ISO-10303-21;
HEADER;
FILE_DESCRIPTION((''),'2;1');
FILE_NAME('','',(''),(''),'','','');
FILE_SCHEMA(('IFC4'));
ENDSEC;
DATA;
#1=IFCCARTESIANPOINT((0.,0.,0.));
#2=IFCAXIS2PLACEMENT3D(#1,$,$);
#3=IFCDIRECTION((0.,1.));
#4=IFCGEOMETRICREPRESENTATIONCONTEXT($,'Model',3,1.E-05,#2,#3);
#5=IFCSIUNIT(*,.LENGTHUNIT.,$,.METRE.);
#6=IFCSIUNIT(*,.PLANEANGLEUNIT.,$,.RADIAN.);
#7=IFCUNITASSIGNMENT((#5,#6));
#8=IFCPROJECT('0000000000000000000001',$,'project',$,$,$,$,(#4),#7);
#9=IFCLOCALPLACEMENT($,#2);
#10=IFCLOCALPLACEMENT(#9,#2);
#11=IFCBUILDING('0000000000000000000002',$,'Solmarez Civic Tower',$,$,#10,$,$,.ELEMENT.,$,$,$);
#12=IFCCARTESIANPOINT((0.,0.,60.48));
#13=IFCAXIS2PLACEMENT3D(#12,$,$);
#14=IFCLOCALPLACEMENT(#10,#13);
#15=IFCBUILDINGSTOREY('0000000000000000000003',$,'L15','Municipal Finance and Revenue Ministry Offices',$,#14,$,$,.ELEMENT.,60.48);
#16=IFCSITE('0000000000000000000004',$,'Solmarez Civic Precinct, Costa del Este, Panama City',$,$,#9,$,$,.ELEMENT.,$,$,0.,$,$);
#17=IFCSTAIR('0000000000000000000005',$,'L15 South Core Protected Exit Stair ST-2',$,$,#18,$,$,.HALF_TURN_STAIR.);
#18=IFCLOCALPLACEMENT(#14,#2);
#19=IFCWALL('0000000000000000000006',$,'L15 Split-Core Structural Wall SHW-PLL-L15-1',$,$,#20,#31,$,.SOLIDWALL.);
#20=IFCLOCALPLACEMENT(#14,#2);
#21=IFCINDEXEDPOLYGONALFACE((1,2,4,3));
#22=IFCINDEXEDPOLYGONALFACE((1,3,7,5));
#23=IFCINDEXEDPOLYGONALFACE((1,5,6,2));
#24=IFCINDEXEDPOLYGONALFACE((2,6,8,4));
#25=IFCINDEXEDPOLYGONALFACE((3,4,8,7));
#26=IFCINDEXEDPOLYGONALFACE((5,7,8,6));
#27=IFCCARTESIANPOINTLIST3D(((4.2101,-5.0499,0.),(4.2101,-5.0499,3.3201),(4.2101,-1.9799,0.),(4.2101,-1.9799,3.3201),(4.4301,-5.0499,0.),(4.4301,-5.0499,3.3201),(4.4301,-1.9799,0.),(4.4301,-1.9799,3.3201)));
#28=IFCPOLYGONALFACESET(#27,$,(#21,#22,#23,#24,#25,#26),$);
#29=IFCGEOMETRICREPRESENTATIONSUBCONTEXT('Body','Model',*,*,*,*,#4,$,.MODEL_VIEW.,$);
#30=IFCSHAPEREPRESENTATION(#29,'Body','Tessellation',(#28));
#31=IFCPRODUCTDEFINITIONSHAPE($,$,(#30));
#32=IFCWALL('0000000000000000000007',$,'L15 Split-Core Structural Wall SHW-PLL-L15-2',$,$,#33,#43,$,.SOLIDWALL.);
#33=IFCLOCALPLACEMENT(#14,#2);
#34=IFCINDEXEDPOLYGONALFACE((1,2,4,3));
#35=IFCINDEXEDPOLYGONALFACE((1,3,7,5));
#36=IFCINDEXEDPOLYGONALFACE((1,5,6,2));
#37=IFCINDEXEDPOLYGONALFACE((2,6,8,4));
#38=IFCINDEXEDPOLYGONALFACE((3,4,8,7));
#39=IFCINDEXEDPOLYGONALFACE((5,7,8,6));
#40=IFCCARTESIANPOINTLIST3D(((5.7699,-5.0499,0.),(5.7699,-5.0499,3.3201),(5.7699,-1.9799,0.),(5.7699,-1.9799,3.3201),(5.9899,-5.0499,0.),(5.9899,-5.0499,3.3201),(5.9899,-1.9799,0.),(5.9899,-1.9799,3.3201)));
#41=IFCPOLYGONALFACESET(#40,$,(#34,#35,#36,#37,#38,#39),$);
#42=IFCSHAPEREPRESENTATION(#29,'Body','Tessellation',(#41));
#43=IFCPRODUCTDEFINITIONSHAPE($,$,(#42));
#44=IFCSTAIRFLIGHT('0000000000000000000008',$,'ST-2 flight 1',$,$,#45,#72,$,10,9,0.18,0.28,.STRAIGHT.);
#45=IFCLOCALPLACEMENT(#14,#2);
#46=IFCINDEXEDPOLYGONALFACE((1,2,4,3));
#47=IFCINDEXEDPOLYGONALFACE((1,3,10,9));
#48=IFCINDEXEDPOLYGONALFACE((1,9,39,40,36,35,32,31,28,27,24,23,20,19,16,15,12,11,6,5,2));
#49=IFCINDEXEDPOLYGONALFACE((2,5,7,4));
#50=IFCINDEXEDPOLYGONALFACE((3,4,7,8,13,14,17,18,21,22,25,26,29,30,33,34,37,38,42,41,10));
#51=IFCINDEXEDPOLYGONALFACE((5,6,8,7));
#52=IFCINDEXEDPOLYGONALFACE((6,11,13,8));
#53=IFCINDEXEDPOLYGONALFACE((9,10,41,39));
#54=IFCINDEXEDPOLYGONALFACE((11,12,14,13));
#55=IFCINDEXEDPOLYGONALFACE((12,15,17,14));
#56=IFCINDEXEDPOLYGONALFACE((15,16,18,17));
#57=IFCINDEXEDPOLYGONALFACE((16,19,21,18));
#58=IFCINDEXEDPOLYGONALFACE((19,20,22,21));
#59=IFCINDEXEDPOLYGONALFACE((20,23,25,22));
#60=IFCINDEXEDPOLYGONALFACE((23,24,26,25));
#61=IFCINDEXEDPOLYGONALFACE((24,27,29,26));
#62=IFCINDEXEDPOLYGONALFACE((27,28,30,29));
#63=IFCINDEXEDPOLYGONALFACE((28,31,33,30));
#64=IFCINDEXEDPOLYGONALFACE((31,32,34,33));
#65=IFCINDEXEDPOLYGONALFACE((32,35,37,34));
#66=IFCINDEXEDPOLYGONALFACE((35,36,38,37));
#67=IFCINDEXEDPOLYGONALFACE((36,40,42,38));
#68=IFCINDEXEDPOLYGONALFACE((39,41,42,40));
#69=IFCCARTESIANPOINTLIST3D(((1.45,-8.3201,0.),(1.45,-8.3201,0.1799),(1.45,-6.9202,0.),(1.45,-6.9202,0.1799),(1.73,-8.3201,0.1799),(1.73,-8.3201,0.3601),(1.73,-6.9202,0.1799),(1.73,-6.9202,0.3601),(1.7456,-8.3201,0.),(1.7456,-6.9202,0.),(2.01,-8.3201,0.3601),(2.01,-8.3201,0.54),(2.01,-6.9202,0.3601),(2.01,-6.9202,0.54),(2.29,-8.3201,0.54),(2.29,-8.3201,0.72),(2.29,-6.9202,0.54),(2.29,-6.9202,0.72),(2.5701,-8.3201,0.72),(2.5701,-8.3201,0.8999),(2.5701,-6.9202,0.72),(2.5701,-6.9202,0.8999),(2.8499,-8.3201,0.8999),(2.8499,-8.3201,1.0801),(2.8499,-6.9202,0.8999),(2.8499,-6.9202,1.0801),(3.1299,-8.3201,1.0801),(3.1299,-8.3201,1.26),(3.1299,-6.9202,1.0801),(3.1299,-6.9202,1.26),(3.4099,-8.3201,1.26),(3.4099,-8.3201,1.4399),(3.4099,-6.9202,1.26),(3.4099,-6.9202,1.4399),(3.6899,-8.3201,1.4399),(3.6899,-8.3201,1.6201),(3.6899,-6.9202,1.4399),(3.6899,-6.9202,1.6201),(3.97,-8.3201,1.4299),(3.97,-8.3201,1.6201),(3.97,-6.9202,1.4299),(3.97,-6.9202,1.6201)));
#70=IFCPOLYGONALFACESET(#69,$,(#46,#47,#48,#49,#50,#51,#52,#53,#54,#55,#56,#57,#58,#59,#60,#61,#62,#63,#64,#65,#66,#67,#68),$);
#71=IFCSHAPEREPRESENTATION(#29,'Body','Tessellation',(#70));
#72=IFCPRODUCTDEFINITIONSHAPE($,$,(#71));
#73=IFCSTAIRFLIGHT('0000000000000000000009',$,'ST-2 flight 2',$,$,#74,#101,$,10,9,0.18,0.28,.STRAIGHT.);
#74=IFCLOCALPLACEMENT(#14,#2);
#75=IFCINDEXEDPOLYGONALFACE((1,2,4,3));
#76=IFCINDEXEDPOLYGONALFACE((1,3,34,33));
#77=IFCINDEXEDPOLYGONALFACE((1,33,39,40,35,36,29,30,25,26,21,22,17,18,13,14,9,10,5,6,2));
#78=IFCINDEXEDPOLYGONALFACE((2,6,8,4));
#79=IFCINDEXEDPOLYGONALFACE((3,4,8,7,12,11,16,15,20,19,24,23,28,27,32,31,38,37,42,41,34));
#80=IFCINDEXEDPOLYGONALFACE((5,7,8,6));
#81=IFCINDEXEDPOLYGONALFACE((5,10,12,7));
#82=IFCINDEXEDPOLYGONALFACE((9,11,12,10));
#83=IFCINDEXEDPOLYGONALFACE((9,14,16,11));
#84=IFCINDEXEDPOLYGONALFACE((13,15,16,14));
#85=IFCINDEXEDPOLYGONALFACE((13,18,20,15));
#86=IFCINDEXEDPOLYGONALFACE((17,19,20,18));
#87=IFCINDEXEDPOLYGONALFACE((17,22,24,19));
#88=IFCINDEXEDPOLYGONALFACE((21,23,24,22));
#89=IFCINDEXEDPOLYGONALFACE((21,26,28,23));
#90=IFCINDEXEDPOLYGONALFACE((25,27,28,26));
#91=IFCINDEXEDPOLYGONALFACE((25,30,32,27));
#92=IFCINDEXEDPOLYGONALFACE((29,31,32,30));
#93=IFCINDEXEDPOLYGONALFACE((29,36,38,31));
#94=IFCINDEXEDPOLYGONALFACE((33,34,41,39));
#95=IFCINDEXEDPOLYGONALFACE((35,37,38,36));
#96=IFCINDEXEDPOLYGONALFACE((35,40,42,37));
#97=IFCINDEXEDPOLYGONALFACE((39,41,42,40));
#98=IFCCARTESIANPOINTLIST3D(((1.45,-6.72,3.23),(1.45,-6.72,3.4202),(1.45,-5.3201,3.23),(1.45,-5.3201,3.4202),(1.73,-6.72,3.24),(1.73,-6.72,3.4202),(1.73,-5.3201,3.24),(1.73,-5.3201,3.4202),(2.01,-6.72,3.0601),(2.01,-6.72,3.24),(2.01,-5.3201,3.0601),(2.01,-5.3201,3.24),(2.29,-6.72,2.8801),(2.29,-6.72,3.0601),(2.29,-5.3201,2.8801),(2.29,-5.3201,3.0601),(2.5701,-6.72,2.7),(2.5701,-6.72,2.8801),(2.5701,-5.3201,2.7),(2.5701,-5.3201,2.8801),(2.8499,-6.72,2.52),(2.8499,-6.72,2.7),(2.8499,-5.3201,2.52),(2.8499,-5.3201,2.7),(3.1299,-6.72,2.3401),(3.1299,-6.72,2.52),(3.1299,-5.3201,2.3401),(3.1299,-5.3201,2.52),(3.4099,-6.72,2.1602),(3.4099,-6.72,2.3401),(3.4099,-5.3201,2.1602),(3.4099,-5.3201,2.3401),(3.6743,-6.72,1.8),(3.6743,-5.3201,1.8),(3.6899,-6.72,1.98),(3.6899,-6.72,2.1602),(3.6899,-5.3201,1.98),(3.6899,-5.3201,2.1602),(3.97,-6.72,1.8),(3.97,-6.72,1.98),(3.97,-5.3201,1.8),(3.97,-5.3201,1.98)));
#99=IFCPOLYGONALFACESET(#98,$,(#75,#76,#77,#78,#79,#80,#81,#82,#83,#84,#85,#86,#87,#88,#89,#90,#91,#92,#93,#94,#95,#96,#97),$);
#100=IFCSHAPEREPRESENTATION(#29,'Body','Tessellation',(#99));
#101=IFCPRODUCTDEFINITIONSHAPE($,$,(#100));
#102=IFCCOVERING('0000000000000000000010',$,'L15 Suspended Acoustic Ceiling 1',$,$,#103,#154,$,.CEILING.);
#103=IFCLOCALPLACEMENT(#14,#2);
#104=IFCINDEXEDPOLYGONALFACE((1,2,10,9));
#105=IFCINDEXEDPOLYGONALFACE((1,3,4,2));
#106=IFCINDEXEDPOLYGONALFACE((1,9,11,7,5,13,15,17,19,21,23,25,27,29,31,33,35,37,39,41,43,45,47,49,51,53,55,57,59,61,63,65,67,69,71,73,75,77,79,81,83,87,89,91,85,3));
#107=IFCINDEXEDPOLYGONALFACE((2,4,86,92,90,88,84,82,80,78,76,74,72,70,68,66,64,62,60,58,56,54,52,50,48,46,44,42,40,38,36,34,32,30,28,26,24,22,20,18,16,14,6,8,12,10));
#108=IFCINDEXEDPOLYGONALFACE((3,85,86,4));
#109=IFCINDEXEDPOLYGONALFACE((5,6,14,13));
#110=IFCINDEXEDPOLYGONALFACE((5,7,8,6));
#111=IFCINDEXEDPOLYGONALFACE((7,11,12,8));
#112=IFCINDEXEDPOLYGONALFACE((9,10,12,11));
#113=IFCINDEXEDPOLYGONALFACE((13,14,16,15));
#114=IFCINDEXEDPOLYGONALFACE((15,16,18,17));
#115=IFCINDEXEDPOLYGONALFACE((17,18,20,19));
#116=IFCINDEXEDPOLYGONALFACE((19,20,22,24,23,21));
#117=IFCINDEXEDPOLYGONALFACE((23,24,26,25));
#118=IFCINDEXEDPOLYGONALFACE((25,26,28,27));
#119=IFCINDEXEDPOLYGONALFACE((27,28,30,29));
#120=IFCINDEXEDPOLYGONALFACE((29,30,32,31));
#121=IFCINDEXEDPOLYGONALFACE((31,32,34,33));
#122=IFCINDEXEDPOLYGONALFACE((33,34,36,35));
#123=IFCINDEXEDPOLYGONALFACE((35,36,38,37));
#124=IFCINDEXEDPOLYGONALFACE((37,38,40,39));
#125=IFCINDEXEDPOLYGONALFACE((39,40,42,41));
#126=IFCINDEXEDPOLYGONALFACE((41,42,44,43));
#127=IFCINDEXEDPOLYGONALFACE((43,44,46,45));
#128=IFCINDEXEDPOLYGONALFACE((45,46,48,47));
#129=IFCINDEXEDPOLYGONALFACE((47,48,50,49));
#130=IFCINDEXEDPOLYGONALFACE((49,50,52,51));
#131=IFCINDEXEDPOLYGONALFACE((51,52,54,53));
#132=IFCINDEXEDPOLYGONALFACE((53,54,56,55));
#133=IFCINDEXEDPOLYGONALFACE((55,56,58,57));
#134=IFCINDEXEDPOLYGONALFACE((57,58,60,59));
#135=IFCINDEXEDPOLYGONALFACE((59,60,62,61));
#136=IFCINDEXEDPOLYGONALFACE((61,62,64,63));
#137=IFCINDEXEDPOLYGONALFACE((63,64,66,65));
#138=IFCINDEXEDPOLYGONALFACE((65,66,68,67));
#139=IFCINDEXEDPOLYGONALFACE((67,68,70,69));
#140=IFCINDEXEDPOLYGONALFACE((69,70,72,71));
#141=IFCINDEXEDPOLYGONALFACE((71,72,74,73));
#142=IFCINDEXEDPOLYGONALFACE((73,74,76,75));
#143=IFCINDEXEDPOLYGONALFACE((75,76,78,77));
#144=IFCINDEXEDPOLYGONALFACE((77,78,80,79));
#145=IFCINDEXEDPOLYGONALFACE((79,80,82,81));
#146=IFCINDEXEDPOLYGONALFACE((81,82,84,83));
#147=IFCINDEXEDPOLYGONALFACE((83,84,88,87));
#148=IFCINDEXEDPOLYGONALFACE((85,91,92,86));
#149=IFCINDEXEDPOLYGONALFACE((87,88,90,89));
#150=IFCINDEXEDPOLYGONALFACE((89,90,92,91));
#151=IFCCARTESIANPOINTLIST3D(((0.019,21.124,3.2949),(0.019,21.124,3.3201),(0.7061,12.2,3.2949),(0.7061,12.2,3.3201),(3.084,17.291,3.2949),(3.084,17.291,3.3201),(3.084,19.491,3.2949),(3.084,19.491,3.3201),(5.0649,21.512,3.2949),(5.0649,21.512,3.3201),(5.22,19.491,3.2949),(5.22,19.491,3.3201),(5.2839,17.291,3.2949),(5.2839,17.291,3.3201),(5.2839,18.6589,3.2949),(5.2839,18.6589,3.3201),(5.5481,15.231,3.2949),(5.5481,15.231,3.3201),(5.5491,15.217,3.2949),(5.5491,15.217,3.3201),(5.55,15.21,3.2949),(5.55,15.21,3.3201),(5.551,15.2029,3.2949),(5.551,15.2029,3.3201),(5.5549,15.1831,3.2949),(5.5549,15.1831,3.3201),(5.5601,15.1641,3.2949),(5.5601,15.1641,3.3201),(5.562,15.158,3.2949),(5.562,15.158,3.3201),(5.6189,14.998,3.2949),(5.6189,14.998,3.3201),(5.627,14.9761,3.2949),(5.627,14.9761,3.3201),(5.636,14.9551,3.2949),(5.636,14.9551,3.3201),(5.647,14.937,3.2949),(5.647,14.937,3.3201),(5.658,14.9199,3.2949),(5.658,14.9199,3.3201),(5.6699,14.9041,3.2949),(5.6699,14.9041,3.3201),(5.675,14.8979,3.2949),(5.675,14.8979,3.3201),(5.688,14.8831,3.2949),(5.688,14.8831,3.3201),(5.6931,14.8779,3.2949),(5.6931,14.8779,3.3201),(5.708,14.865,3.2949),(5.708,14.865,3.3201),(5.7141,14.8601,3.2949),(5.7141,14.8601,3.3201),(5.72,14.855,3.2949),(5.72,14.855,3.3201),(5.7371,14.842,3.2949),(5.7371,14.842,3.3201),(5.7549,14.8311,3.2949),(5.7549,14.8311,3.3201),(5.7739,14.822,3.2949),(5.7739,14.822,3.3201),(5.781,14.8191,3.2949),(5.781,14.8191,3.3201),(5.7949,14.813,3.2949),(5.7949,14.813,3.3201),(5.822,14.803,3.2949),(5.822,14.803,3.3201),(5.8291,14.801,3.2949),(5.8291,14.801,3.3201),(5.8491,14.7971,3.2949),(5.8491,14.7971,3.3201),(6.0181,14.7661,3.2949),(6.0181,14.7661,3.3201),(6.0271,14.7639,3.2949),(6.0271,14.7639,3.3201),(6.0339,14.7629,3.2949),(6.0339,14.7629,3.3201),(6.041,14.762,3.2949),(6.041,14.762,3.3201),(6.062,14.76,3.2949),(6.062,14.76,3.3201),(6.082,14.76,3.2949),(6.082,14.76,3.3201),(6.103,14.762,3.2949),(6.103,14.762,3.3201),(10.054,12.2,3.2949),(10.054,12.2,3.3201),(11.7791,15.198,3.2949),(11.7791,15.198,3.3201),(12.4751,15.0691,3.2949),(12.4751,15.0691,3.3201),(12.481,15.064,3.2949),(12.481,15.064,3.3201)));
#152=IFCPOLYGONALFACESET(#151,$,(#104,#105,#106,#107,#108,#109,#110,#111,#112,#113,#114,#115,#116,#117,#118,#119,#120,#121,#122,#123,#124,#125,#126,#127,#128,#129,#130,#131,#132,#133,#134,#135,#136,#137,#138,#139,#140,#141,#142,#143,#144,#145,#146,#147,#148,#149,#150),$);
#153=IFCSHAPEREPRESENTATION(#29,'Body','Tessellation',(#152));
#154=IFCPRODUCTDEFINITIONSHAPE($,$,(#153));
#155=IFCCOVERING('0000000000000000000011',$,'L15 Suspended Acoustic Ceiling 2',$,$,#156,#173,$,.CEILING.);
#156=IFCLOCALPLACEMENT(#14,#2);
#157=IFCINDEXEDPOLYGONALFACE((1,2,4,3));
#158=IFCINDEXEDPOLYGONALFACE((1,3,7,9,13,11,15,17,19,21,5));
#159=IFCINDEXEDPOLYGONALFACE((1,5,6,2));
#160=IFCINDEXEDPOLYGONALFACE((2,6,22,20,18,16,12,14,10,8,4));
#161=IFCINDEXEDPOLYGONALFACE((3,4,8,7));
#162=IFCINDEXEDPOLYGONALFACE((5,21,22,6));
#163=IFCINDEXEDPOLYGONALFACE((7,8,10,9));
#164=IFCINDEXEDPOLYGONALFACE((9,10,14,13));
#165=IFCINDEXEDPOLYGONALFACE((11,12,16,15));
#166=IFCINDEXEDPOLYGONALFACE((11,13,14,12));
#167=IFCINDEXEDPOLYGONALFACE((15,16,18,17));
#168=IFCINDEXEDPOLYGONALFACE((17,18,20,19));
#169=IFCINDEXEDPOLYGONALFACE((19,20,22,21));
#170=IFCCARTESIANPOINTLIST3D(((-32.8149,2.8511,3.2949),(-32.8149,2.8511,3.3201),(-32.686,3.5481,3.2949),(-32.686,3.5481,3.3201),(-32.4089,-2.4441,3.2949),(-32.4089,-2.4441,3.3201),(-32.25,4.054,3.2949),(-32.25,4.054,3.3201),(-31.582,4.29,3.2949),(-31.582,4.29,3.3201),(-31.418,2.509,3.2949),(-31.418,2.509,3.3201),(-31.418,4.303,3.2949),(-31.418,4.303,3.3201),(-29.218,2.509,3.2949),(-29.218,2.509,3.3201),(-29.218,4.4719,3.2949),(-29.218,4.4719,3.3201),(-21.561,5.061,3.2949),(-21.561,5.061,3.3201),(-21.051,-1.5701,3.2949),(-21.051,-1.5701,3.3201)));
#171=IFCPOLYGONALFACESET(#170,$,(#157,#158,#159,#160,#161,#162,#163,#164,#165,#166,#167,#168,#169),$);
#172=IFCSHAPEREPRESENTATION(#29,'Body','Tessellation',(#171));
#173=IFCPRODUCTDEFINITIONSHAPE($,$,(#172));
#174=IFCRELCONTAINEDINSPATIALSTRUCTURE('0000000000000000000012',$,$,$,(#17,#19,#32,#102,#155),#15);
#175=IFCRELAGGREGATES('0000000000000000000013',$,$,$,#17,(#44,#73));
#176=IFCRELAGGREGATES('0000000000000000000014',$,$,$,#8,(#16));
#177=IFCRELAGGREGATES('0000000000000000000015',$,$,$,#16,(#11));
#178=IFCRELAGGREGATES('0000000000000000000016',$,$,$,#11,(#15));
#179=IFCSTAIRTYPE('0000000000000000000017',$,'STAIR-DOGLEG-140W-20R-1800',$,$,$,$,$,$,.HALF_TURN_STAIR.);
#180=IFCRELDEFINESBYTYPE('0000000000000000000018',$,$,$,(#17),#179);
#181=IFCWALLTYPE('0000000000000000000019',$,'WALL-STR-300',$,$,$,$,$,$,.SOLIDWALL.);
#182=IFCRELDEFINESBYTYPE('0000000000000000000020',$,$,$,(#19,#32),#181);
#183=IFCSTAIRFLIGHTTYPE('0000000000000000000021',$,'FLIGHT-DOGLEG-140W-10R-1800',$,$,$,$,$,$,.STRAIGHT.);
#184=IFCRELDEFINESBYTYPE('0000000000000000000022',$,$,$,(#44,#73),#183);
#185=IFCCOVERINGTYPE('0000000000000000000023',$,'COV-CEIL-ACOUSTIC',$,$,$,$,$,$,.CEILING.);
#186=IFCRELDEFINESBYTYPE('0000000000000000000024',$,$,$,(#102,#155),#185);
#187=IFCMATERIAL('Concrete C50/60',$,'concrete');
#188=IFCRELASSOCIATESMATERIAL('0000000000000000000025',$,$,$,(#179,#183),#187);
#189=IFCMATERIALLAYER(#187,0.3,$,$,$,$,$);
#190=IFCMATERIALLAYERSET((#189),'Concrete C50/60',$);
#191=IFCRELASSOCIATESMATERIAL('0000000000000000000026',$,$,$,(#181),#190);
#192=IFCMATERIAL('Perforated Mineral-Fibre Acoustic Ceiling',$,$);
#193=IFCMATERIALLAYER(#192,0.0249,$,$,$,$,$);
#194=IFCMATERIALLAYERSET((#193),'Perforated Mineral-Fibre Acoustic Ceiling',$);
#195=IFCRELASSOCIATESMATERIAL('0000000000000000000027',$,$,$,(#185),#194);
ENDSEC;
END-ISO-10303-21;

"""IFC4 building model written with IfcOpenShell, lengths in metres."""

from ifc_helpers import new_model, si_unit, direction, frame, frame_2d, origin, place, context, subcontext, project, spatial, polyline, rectangle, outline, extrude, material, layer, layer_set, type_object, element, aggregate, save


model = new_model("IFC4")

# Units and contexts
model_context = context("Model", 3, precision=1e-05, world=origin(), true_north=direction((0.0, 1.0)))
body_context = subcontext(model_context, "Body", "Model", "MODEL_VIEW")
ifc_project = project(units=[si_unit("LENGTHUNIT", "METRE"), si_unit("PLANEANGLEUNIT", "RADIAN")], contexts=[model_context])

# Site, building, storey
site_placement = place(None, origin())
site = spatial("IfcSite", under=ifc_project, at=site_placement, Name="Solmarez Civic Precinct, Costa del Este, Panama City", CompositionType="ELEMENT", RefElevation=0.0)
building_placement = place(site_placement, origin())
building = spatial("IfcBuilding", under=site, at=building_placement, Name="Solmarez Civic Tower", CompositionType="ELEMENT")
storey_placement = place(building_placement, frame((0.0, 0.0, 60.48)))
storey = spatial("IfcBuildingStorey", under=building, at=storey_placement, Name="L15", Description="Municipal Finance and Revenue Ministry Offices", CompositionType="ELEMENT", Elevation=60.48)

# Shared definitions
ifc_material_1 = material(Name="Concrete C50/60", Category="concrete")

# Stair
stair_type = type_object("IfcStairType", Name="STAIR-DOGLEG-140W-20R-1800", PredefinedType="HALF_TURN_STAIR", material=ifc_material_1)
stair_1_placement = place(storey_placement, origin())
stair_1 = element("IfcStair", 1, at=stair_1_placement, inside=storey, type_object=stair_type, Name="L15 South Core Protected Exit Stair ST-2", PredefinedType="HALF_TURN_STAIR")

# Walls
ifc_layer_1 = layer(ifc_material_1, 0.3)
ifc_layer_set_1 = layer_set([ifc_layer_1], Name="Concrete C50/60")
wall_type = type_object("IfcWallType", Name="WALL-STR-300", PredefinedType="SOLIDWALL", material=ifc_layer_set_1)
for number, where, z_axis, x_axis, name in (
    (2, (4.3201, -5.05, 0.0), (0.0, 0.0, 1.0), (0.0, 1.0, 0.0), "L15 Split-Core Structural Wall SHW-PLL-L15-1"),
    (3, (5.8799, -5.05, 0.0), (0.0, 0.0, 1.0), (0.0, 1.0, 0.0), "L15 Split-Core Structural Wall SHW-PLL-L15-2"),
):
    element("IfcWall", number, at=place(storey_placement, frame(where, z_axis=z_axis, x_axis=x_axis)), inside=storey, type_object=wall_type, Name=name, PredefinedType="SOLIDWALL", context=body_context, shape_type="SweptSolid", body=[
        extrude(rectangle(XDim=3.0701, YDim=0.22, at=frame_2d((1.5352, 0.0))), origin(), (0.0, 0.0, 1.0), 3.3201),
    ])

# Stair flights
stair_flight_type = type_object("IfcStairFlightType", Name="FLIGHT-DOGLEG-140W-10R-1800", PredefinedType="STRAIGHT", material=ifc_material_1)
stair_flight_1_placement = place(storey_placement, frame((1.45, -7.6201, 0.0), z_axis=(0.0, 0.0, 1.0), x_axis=(1.0, 0.0, 0.0)))
stair_flight_1 = element("IfcStairFlight", 4, at=stair_flight_1_placement, type_object=stair_flight_type, Name="ST-2 flight 1", NumberOfRisers=10, NumberOfTreads=9, PredefinedType="STRAIGHT", RiserHeight=0.18, TreadLength=0.28, context=body_context, shape_type="SweptSolid", body=[
    extrude(outline(polyline([(0.0, 0.0), (0.0, 0.1799), (0.28, 0.1799), (0.28, 0.3601), (0.5601, 0.3601), (0.5601, 0.54), (0.8401, 0.54), (0.8401, 0.72), (1.1201, 0.72), (1.1201, 0.8999), (1.3999, 0.8999), (1.3999, 1.0801), (1.6799, 1.0801), (1.6799, 1.26), (1.96, 1.26), (1.96, 1.4399), (2.24, 1.4399), (2.24, 1.6201), (2.52, 1.6201), (2.52, 1.8), (2.52, 1.4299), (0.2957, 0.0), (0.0, 0.0)])), frame((0.0, 0.7, 0.0), z_axis=(0.0, -1.0, 0.0), x_axis=(1.0, 0.0, 0.0)), (0.0, 0.0, 1.0), 1.3999),
])
stair_flight_2_placement = place(storey_placement, frame((3.97, -6.02, 1.8), z_axis=(0.0, 0.0, 1.0), x_axis=(-1.0, 0.0, 0.0)))
stair_flight_2 = element("IfcStairFlight", 5, at=stair_flight_2_placement, type_object=stair_flight_type, Name="ST-2 flight 2", NumberOfRisers=10, NumberOfTreads=9, PredefinedType="STRAIGHT", RiserHeight=0.18, TreadLength=0.28, context=body_context, shape_type="SweptSolid", body=[
    extrude(outline(polyline([(0.0, 0.0), (0.0, 0.1799), (0.28, 0.1799), (0.28, 0.3601), (0.5601, 0.3601), (0.5601, 0.54), (0.8401, 0.54), (0.8401, 0.72), (1.1201, 0.72), (1.1201, 0.8999), (1.3999, 0.8999), (1.3999, 1.0801), (1.6799, 1.0801), (1.6799, 1.26), (1.96, 1.26), (1.96, 1.4399), (2.24, 1.4399), (2.24, 1.6201), (2.52, 1.6201), (2.52, 1.8), (2.52, 1.4299), (0.2957, 0.0), (0.0, 0.0)])), frame((0.0, 0.7, 0.0), z_axis=(0.0, -1.0, 0.0), x_axis=(1.0, 0.0, 0.0)), (0.0, 0.0, 1.0), 1.3999),
])
aggregate(stair_1, [stair_flight_1, stair_flight_2])

# Coverings
ifc_material_2 = material(Name="Perforated Mineral-Fibre Acoustic Ceiling")
ifc_layer_2 = layer(ifc_material_2, 0.0249)
ifc_layer_set_2 = layer_set([ifc_layer_2], Name="Perforated Mineral-Fibre Acoustic Ceiling")
covering_type_1 = type_object("IfcCoveringType", Name="COV-CEIL-ACOUSTIC", PredefinedType="CEILING", material=ifc_layer_set_2)
covering_1_placement = place(storey_placement, frame((0.0, 0.0, 3.2949)))
element("IfcCovering", 6, at=covering_1_placement, inside=storey, type_object=covering_type_1, Name="L15 Suspended Acoustic Ceiling 1", PredefinedType="CEILING", context=body_context, shape_type="SweptSolid", body=[
    extrude(outline(polyline([(0.7061, 12.2), (10.054, 12.2), (12.481, 15.064), (12.4751, 15.0691), (11.7791, 15.198), (6.103, 14.762), (6.082, 14.76), (6.062, 14.76), (6.041, 14.762), (6.0339, 14.7629), (6.0271, 14.7639), (6.0181, 14.7661), (5.8491, 14.7971), (5.8291, 14.801), (5.822, 14.803), (5.7949, 14.813), (5.781, 14.8191), (5.7739, 14.822), (5.7549, 14.8311), (5.7371, 14.842), (5.72, 14.855), (5.7141, 14.8601), (5.708, 14.865), (5.6931, 14.8779), (5.688, 14.8831), (5.675, 14.8979), (5.6699, 14.9041), (5.658, 14.9199), (5.647, 14.937), (5.636, 14.9551), (5.627, 14.9761), (5.6189, 14.998), (5.562, 15.158), (5.5601, 15.1641), (5.5549, 15.1831), (5.551, 15.2029), (5.55, 15.21), (5.5491, 15.217), (5.5481, 15.231), (5.2839, 18.6589), (5.2839, 17.291), (3.084, 17.291), (3.084, 19.491), (5.22, 19.491), (5.0649, 21.512), (0.019, 21.124), (0.7061, 12.2)])), origin(), (0.0, 0.0, 1.0), 0.0251),
])
covering_2_placement = place(storey_placement, frame((0.0, 0.0, 3.2949)))
element("IfcCovering", 7, at=covering_2_placement, inside=storey, type_object=covering_type_1, Name="L15 Suspended Acoustic Ceiling 2", PredefinedType="CEILING", context=body_context, shape_type="SweptSolid", body=[
    extrude(outline(polyline([(-21.561, 5.061), (-29.218, 4.4719), (-29.218, 2.509), (-31.418, 2.509), (-31.418, 4.303), (-31.582, 4.29), (-32.25, 4.054), (-32.686, 3.5481), (-32.8149, 2.8511), (-32.4089, -2.4441), (-21.051, -1.5701), (-21.561, 5.061)])), origin(), (0.0, 0.0, 1.0), 0.0251),
])

save(model, "model.ifc")
